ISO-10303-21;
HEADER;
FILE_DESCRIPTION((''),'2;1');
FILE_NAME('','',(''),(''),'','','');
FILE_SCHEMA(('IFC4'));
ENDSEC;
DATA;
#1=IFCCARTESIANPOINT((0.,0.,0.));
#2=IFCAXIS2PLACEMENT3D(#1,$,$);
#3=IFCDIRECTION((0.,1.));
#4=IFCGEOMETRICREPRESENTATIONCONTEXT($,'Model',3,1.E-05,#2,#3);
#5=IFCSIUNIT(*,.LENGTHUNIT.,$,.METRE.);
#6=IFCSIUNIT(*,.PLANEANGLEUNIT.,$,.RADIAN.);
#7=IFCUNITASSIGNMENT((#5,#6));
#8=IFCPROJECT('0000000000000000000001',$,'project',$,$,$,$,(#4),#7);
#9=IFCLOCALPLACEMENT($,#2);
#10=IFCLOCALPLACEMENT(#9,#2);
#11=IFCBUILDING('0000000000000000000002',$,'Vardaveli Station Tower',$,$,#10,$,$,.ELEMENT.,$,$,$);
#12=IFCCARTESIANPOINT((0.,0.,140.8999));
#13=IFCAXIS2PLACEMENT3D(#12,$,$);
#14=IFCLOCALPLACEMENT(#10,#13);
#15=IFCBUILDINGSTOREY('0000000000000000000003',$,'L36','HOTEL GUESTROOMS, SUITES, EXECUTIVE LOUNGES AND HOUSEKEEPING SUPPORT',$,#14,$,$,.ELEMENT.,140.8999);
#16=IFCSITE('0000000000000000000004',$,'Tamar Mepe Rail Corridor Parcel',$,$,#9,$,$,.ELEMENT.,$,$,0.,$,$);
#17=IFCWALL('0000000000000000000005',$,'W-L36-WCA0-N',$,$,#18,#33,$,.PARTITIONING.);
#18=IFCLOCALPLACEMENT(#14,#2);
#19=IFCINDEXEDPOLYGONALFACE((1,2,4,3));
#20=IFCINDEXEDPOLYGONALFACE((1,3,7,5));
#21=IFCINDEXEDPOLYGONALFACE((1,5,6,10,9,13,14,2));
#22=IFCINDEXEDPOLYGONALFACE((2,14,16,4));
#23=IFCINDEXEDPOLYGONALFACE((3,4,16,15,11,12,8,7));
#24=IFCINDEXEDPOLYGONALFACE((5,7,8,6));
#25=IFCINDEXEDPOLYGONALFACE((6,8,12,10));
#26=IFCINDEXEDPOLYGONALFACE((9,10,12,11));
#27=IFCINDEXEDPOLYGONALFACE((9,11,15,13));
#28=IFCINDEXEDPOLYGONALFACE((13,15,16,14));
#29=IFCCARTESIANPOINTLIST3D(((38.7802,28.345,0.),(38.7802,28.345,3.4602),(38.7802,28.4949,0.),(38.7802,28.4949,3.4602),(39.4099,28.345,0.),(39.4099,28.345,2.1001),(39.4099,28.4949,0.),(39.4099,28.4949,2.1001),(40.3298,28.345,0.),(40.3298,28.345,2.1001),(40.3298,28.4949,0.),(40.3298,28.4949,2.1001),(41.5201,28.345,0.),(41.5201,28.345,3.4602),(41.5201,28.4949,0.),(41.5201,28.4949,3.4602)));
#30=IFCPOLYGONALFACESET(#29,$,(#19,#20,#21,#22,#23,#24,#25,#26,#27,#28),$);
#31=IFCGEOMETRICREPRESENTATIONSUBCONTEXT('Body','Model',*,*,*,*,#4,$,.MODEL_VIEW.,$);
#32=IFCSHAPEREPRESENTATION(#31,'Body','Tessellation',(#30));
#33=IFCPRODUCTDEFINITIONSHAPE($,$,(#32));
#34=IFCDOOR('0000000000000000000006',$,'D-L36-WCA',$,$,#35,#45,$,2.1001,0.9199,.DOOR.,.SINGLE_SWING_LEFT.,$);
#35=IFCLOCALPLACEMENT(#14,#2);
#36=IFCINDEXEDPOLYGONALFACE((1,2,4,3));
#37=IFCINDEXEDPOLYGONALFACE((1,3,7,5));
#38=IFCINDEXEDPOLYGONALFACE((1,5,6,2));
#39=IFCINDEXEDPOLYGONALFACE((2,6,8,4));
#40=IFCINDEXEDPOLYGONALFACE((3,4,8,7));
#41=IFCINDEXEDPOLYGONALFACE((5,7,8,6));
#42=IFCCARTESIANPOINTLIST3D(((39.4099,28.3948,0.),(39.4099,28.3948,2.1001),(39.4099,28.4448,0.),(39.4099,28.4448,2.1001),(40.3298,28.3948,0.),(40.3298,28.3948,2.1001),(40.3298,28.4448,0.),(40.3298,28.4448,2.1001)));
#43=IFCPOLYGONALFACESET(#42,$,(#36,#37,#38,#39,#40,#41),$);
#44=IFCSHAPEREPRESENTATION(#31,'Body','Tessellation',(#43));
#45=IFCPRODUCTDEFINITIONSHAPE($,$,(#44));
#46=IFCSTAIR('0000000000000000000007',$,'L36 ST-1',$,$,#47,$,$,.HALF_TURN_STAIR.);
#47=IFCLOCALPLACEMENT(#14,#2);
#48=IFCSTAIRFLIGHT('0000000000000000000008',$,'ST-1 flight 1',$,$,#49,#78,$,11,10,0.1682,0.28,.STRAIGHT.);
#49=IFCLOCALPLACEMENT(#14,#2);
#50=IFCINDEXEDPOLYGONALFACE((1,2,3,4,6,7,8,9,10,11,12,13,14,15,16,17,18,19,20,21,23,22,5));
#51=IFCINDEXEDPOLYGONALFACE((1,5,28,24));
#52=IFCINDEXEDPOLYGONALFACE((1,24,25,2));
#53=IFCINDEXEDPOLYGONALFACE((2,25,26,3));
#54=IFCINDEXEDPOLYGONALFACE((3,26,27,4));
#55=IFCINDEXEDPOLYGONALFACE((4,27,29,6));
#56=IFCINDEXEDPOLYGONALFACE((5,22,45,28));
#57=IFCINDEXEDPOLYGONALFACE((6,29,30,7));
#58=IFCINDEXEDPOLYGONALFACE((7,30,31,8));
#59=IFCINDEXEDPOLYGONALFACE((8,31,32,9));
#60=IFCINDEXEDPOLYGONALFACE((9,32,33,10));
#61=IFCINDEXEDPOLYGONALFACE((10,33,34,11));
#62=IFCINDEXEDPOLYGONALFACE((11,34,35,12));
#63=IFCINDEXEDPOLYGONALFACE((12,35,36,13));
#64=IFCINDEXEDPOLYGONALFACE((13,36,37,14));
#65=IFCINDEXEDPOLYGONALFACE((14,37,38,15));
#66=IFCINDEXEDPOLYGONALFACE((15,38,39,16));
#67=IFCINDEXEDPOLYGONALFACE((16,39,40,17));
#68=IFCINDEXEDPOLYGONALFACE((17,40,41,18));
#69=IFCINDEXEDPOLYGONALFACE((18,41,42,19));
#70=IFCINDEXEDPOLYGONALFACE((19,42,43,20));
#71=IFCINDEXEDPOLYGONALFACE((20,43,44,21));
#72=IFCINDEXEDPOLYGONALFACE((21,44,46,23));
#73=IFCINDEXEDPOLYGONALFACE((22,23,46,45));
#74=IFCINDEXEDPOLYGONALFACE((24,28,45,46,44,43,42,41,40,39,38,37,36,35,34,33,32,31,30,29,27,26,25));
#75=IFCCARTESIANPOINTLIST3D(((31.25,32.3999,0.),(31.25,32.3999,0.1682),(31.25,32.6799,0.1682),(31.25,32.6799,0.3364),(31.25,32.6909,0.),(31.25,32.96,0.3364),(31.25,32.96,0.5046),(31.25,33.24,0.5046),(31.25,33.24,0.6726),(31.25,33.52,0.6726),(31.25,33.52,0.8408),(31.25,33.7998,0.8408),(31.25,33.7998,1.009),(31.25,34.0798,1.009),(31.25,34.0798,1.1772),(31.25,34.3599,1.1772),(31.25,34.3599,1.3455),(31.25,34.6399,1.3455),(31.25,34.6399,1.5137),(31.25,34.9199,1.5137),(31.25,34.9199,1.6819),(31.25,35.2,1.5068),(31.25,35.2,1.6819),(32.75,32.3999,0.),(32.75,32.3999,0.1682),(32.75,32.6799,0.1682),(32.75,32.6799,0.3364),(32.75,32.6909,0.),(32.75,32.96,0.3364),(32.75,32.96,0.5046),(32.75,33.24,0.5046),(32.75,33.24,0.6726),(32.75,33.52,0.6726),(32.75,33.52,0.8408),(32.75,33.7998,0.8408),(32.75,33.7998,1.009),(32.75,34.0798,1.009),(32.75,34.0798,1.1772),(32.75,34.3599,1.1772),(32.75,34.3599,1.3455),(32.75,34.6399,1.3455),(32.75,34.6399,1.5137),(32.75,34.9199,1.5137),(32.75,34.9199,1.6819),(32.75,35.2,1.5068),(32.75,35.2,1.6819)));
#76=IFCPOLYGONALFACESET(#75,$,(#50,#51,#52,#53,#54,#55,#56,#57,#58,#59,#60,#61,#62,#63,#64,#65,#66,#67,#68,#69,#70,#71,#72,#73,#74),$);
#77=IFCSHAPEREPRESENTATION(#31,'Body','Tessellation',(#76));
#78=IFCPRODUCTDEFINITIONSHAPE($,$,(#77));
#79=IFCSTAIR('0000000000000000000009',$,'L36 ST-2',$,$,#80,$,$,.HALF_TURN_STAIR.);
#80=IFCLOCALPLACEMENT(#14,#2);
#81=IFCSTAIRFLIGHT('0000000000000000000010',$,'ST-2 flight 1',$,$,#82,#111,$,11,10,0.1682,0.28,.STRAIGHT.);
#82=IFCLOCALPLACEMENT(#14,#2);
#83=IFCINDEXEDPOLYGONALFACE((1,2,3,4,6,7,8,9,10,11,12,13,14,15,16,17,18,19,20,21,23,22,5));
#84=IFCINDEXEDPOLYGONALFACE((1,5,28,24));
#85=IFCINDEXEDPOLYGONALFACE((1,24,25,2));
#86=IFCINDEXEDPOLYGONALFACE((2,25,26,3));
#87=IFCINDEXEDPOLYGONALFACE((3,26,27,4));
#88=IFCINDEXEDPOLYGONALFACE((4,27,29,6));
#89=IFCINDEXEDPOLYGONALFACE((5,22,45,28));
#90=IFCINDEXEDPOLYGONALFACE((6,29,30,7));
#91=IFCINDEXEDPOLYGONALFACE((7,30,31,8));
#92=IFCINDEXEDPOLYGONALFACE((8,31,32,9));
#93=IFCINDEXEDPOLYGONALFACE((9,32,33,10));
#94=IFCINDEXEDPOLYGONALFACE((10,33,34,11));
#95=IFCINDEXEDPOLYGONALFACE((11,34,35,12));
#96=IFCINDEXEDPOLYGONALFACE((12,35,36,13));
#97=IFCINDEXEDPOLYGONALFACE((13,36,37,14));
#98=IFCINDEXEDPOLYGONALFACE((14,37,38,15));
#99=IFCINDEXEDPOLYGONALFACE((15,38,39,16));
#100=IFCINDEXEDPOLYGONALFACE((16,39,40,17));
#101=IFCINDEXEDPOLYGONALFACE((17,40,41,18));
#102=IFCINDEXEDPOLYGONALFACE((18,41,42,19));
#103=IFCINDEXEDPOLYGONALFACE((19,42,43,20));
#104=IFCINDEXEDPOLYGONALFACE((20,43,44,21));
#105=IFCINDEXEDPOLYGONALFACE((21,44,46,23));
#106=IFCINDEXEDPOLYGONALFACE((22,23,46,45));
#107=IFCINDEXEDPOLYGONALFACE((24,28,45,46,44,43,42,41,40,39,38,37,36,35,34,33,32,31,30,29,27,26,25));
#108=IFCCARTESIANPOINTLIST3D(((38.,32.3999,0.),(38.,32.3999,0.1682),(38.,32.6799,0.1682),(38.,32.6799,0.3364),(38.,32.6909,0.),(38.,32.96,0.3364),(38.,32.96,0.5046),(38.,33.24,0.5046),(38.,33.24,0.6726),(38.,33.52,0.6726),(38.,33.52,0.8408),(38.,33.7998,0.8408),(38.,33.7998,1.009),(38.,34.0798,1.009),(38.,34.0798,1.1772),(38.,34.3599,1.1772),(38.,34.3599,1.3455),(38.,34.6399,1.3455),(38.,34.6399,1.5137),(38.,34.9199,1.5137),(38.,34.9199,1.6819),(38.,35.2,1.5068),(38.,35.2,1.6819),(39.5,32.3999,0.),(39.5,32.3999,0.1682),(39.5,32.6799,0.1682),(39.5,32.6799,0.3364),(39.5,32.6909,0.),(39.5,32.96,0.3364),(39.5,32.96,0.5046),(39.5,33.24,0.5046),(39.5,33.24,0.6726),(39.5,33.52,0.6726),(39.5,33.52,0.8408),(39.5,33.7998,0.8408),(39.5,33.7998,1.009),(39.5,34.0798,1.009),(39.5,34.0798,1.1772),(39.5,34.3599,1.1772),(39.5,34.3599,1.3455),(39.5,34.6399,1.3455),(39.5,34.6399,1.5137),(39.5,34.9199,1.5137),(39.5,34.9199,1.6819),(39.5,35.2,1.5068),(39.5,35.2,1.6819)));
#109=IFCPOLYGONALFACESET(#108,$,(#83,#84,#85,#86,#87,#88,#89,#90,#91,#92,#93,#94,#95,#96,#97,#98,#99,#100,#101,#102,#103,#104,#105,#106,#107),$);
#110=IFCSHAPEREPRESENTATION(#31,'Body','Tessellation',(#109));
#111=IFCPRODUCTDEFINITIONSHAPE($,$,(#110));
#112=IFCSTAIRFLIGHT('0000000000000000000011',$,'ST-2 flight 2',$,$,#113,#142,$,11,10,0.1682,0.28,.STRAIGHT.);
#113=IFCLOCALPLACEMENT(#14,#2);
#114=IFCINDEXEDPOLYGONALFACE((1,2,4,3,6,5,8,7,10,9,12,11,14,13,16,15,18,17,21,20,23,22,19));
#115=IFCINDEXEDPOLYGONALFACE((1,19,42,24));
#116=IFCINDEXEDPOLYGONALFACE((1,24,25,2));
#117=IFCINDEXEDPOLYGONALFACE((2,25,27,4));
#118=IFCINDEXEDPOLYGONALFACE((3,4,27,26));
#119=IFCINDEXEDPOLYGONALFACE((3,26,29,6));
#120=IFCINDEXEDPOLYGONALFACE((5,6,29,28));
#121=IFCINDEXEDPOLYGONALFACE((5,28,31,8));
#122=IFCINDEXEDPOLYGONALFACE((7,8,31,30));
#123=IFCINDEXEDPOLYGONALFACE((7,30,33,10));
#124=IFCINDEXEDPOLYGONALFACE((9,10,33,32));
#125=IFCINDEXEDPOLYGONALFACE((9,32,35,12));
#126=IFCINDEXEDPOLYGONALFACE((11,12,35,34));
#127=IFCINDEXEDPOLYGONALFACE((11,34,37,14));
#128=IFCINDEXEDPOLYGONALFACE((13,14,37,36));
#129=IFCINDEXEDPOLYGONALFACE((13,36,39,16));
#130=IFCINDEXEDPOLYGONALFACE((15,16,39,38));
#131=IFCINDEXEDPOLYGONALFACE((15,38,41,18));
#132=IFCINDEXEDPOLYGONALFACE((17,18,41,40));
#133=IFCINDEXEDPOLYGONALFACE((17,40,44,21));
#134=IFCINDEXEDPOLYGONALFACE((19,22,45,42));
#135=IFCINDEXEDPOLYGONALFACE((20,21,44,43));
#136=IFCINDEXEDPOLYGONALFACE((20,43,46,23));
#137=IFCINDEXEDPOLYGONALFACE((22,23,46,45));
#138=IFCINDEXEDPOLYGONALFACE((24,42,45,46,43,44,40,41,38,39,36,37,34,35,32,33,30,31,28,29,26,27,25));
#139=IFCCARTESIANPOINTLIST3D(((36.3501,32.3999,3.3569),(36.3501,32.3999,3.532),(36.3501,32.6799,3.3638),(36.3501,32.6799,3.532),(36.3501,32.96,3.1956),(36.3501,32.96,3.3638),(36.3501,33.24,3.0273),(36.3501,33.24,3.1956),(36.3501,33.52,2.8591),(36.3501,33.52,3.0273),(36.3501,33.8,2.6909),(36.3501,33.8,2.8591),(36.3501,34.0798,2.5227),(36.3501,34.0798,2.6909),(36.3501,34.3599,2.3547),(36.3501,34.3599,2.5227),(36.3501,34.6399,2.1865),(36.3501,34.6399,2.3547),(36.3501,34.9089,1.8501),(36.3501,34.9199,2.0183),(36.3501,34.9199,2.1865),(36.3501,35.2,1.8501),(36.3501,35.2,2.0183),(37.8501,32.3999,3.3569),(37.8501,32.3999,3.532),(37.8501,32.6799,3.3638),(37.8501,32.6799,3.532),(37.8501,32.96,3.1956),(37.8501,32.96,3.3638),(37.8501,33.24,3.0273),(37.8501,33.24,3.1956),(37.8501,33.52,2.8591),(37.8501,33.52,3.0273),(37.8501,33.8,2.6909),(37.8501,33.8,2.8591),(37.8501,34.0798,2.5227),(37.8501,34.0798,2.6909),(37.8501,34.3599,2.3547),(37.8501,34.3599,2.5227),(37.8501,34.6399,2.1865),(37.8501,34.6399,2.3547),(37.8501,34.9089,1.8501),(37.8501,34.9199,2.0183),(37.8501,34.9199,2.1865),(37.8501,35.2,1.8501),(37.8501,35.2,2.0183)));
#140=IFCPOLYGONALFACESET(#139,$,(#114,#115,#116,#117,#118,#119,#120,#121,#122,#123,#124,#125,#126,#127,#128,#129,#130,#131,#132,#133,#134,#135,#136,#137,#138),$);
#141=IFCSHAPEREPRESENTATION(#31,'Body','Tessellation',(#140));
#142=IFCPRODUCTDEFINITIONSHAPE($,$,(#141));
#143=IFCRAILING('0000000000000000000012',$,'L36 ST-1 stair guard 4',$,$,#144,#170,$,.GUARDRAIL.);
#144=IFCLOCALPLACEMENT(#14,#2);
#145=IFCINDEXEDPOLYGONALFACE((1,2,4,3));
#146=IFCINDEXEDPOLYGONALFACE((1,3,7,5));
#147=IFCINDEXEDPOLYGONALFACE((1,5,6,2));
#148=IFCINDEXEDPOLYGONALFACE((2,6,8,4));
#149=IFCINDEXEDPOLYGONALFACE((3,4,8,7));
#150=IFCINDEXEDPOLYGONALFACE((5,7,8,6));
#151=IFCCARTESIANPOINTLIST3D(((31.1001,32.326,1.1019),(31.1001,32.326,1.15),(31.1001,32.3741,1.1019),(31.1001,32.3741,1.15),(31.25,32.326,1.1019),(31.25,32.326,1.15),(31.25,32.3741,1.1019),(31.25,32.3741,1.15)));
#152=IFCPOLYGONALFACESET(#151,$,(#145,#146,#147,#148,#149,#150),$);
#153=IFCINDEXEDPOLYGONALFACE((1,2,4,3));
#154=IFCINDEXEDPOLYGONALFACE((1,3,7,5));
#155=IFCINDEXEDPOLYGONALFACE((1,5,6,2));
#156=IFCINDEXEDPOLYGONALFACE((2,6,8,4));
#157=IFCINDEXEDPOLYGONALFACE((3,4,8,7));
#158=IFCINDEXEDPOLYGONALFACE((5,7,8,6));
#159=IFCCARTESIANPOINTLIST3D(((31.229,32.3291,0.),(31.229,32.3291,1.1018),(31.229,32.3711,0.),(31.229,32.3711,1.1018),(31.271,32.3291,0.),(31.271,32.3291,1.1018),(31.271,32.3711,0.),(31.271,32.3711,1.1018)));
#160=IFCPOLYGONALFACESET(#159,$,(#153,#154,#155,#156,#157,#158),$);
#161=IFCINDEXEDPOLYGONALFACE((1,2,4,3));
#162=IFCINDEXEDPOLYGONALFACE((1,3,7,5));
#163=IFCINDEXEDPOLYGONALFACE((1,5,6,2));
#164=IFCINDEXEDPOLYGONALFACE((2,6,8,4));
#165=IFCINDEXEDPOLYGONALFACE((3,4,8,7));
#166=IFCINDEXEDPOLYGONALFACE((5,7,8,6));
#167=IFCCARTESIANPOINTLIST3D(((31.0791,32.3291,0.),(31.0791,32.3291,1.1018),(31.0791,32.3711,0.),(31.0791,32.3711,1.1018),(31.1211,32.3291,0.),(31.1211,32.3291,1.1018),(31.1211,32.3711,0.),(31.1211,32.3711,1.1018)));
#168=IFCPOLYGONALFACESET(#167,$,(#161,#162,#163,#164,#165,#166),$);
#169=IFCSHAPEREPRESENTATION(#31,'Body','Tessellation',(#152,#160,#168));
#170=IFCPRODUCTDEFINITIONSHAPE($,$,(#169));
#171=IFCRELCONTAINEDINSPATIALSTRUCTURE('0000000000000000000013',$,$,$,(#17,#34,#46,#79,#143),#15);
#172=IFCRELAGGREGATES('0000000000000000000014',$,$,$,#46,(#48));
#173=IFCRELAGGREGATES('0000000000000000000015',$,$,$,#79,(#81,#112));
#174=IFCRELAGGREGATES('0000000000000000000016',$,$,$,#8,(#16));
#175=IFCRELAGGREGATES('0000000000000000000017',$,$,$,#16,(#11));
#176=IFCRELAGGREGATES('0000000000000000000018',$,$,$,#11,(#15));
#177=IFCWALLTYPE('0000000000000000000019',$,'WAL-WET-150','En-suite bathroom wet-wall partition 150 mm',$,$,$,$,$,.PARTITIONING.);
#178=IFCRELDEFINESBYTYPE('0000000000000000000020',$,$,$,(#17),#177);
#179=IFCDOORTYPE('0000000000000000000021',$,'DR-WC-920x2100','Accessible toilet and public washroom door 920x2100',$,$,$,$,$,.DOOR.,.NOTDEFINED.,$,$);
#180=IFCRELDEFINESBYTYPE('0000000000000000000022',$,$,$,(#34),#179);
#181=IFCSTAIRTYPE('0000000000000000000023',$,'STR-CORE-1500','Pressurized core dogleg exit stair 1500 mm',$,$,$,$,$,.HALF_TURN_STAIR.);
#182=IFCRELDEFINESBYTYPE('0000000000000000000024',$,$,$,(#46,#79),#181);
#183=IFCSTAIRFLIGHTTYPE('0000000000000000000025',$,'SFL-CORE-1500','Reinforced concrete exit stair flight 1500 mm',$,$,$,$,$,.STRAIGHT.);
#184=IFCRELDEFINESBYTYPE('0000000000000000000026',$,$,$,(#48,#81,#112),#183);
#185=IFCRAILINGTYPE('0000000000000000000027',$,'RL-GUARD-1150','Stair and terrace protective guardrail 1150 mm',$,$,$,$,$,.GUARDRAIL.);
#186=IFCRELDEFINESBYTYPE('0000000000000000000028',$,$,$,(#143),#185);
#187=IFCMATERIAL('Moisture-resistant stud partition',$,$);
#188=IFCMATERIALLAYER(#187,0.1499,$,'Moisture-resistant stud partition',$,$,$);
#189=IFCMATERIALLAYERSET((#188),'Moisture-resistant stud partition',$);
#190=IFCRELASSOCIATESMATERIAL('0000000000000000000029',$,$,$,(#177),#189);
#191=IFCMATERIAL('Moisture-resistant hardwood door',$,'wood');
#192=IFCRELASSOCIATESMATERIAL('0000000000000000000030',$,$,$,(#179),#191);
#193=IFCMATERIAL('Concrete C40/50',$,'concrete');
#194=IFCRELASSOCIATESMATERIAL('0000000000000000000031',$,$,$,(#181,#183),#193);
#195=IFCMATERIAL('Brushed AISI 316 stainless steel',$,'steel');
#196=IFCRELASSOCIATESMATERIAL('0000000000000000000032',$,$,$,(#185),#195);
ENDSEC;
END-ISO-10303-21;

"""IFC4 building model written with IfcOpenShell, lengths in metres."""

from ifc_helpers import new_model, si_unit, direction, frame, frame_2d, origin, origin_2d, place, context, subcontext, project, spatial, polyline, rectangle, outline, extrude, source, transform, mapped, material, layer, layer_set, type_object, element, fill, aggregate, save


model = new_model("IFC4")

# Units and contexts
model_context = context("Model", 3, precision=1e-05, world=origin(), true_north=direction((0.0, 1.0)))
body_context = subcontext(model_context, "Body", "Model", "MODEL_VIEW")
ifc_project = project(units=[si_unit("LENGTHUNIT", "METRE"), si_unit("PLANEANGLEUNIT", "RADIAN")], contexts=[model_context])

# Site, building, storey
site_placement = place(None, origin())
site = spatial("IfcSite", under=ifc_project, at=site_placement, Name="Tamar Mepe Rail Corridor Parcel", CompositionType="ELEMENT", RefElevation=0.0)
building_placement = place(site_placement, origin())
building = spatial("IfcBuilding", under=site, at=building_placement, Name="Vardaveli Station Tower", CompositionType="ELEMENT")
storey_placement = place(building_placement, frame((0.0, 0.0, 140.8999)))
storey = spatial("IfcBuildingStorey", under=building, at=storey_placement, Name="L36", Description="HOTEL GUESTROOMS, SUITES, EXECUTIVE LOUNGES AND HOUSEKEEPING SUPPORT", CompositionType="ELEMENT", Elevation=140.8999)

# Shared definitions
ifc_material_1 = material(Name="Concrete C40/50", Category="concrete")

# Wall, opening, door
ifc_material_2 = material(Name="Moisture-resistant stud partition")
ifc_layer_1 = layer(ifc_material_2, 0.1499, Name="Moisture-resistant stud partition")
ifc_layer_set_1 = layer_set([ifc_layer_1], Name="Moisture-resistant stud partition")
wall_type_1 = type_object("IfcWallType", Name="WAL-WET-150", Description="En-suite bathroom wet-wall partition 150 mm", PredefinedType="PARTITIONING", material=ifc_layer_set_1)
shared_shape_1 = source(origin(), body_context, "Body", "SweptSolid", [
    extrude(rectangle(XDim=2.74, YDim=0.1499, at=frame_2d((1.3701, 0.0))), origin(), (0.0, 0.0, 1.0), 3.4602),
])
wall_1_placement = place(storey_placement, frame((38.78, 28.4199, 0.0), z_axis=(0.0, 0.0, 1.0), x_axis=(1.0, 0.0, 0.0)))
wall_1 = element("IfcWall", 1, at=wall_1_placement, inside=storey, type_object=wall_type_1, Name="W-L36-WCA0-N", PredefinedType="PARTITIONING", context=body_context, shape_type="MappedRepresentation", body=[
    mapped(shared_shape_1, transform((0.0, 0.0, 0.0), scale=1.0)),
])
shared_shape_2 = source(origin(), body_context, "Body", "SweptSolid", [
    extrude(rectangle(XDim=0.9199, YDim=2.1001, at=frame_2d((0.46, 1.05))), frame((0.0, 0.085, 0.0), z_axis=(0.0, -1.0, 0.0), x_axis=(1.0, 0.0, 0.0)), (0.0, 0.0, 1.0), 0.1699),
])
opening_1_placement = place(wall_1_placement, frame((0.6299, 0.0, 0.0)))
opening_1 = element("IfcOpeningElement", 2, at=opening_1_placement, cuts=wall_1, PredefinedType="OPENING", context=body_context, shape_type="MappedRepresentation", body=[
    mapped(shared_shape_2, transform((0.0, 0.0, 0.0), scale=1.0)),
])
ifc_material_3 = material(Name="Moisture-resistant hardwood door", Category="wood")
door_type_1 = type_object("IfcDoorType", Name="DR-WC-920x2100", Description="Accessible toilet and public washroom door 920x2100", OperationType="NOTDEFINED", PredefinedType="DOOR", material=ifc_material_3)
shared_shape_3 = source(origin(), body_context, "Body", "SweptSolid", [
    extrude(rectangle(XDim=0.9199, YDim=2.1001, at=frame_2d((0.46, 1.05))), frame((0.0, 0.0249, 0.0), z_axis=(0.0, -1.0, 0.0), x_axis=(1.0, 0.0, 0.0)), (0.0, 0.0, 1.0), 0.05),
])
door_1_placement = place(opening_1_placement, origin())
door_1 = element("IfcDoor", 3, at=door_1_placement, inside=storey, type_object=door_type_1, Name="D-L36-WCA", OperationType="SINGLE_SWING_LEFT", OverallHeight=2.1001, OverallWidth=0.9199, PredefinedType="DOOR", context=body_context, shape_type="MappedRepresentation", body=[
    mapped(shared_shape_3, transform((0.0, 0.0, 0.0), scale=1.0)),
])
fill(opening_1, door_1)

# Stair, stair flight
stair_type = type_object("IfcStairType", Name="STR-CORE-1500", Description="Pressurized core dogleg exit stair 1500 mm", PredefinedType="HALF_TURN_STAIR", material=ifc_material_1)
stair_1_placement = place(storey_placement, origin())
stair_1 = element("IfcStair", 4, at=stair_1_placement, inside=storey, type_object=stair_type, Name="L36 ST-1", PredefinedType="HALF_TURN_STAIR")
stair_flight_type = type_object("IfcStairFlightType", Name="SFL-CORE-1500", Description="Reinforced concrete exit stair flight 1500 mm", PredefinedType="STRAIGHT", material=ifc_material_1)
shared_shape_4 = source(origin(), body_context, "Body", "SweptSolid", [
    extrude(outline(polyline([(0.0, 0.0), (0.0, 0.1682), (0.28, 0.1682), (0.28, 0.3364), (0.5601, 0.3364), (0.5601, 0.5046), (0.8401, 0.5046), (0.8401, 0.6726), (1.1201, 0.6726), (1.1201, 0.8408), (1.3999, 0.8408), (1.3999, 1.009), (1.6799, 1.009), (1.6799, 1.1772), (1.96, 1.1772), (1.96, 1.3455), (2.24, 1.3455), (2.24, 1.5137), (2.52, 1.5137), (2.52, 1.6819), (2.8, 1.6819), (2.8, 1.8501), (2.8, 1.5068), (0.291, 0.0), (0.0, 0.0)])), frame((0.0, 0.75, 0.0), z_axis=(0.0, -1.0, 0.0), x_axis=(1.0, 0.0, 0.0)), (0.0, 0.0, 1.0), 1.5),
])
stair_flight_1_placement = place(storey_placement, frame((32.0, 32.3999, 0.0), z_axis=(0.0, 0.0, 1.0), x_axis=(0.0, 1.0, 0.0)))
stair_flight_1 = element("IfcStairFlight", 5, at=stair_flight_1_placement, type_object=stair_flight_type, Name="ST-1 flight 1", NumberOfRisers=11, NumberOfTreads=10, PredefinedType="STRAIGHT", RiserHeight=0.1682, TreadLength=0.28, context=body_context, shape_type="MappedRepresentation", body=[
    mapped(shared_shape_4, transform((0.0, 0.0, 0.0), scale=1.0)),
])
aggregate(stair_1, [stair_flight_1])

# Stair, stair flights
stair_2_placement = place(storey_placement, origin())
stair_2 = element("IfcStair", 6, at=stair_2_placement, inside=storey, type_object=stair_type, Name="L36 ST-2", PredefinedType="HALF_TURN_STAIR")
stair_flight_2_placement = place(storey_placement, frame((38.75, 32.3999, 0.0), z_axis=(0.0, 0.0, 1.0), x_axis=(0.0, 1.0, 0.0)))
stair_flight_2 = element("IfcStairFlight", 7, at=stair_flight_2_placement, type_object=stair_flight_type, Name="ST-2 flight 1", NumberOfRisers=11, NumberOfTreads=10, PredefinedType="STRAIGHT", RiserHeight=0.1682, TreadLength=0.28, context=body_context, shape_type="MappedRepresentation", body=[
    mapped(shared_shape_4, transform((0.0, 0.0, 0.0), scale=1.0)),
])
stair_flight_3_placement = place(storey_placement, frame((37.1001, 35.2, 1.8501), z_axis=(0.0, 0.0, 1.0), x_axis=(0.0, -1.0, 0.0)))
stair_flight_3 = element("IfcStairFlight", 8, at=stair_flight_3_placement, type_object=stair_flight_type, Name="ST-2 flight 2", NumberOfRisers=11, NumberOfTreads=10, PredefinedType="STRAIGHT", RiserHeight=0.1682, TreadLength=0.28, context=body_context, shape_type="MappedRepresentation", body=[
    mapped(shared_shape_4, transform((0.0, 0.0, 0.0), scale=1.0)),
])
aggregate(stair_2, [stair_flight_2, stair_flight_3])

# Railing
ifc_material_4 = material(Name="Brushed AISI 316 stainless steel", Category="steel")
railing_type_1 = type_object("IfcRailingType", Name="RL-GUARD-1150", Description="Stair and terrace protective guardrail 1150 mm", PredefinedType="GUARDRAIL", material=ifc_material_4)
shared_shape_5 = source(origin(), body_context, "Body", "SweptSolid", [
    extrude(rectangle(XDim=0.0481, YDim=0.0481, at=origin_2d()), frame((0.0, 0.0, 1.126), z_axis=(-1.0, 0.0, 0.0), x_axis=(0.0, -1.0, 0.0)), (0.0, 0.0, 1.0), 0.1499),
    extrude(rectangle(XDim=0.042, YDim=0.042, at=origin_2d()), origin(), (0.0, 0.0, 1.0), 1.1018),
    extrude(rectangle(XDim=0.042, YDim=0.042, at=origin_2d()), frame((-0.1499, 0.0, 0.0)), (0.0, 0.0, 1.0), 1.1018),
])
for number, where, name in (
    (9, (31.25, 32.3501, 0.0), "L36 ST-1 stair guard 4"),
):
    element("IfcRailing", number, at=place(storey_placement, frame(where)), inside=storey, type_object=railing_type_1, Name=name, PredefinedType="GUARDRAIL", context=body_context, shape_type="MappedRepresentation", body=[
        mapped(shared_shape_5, transform((0.0, 0.0, 0.0), scale=1.0)),
    ])

save(model, "model.ifc")
